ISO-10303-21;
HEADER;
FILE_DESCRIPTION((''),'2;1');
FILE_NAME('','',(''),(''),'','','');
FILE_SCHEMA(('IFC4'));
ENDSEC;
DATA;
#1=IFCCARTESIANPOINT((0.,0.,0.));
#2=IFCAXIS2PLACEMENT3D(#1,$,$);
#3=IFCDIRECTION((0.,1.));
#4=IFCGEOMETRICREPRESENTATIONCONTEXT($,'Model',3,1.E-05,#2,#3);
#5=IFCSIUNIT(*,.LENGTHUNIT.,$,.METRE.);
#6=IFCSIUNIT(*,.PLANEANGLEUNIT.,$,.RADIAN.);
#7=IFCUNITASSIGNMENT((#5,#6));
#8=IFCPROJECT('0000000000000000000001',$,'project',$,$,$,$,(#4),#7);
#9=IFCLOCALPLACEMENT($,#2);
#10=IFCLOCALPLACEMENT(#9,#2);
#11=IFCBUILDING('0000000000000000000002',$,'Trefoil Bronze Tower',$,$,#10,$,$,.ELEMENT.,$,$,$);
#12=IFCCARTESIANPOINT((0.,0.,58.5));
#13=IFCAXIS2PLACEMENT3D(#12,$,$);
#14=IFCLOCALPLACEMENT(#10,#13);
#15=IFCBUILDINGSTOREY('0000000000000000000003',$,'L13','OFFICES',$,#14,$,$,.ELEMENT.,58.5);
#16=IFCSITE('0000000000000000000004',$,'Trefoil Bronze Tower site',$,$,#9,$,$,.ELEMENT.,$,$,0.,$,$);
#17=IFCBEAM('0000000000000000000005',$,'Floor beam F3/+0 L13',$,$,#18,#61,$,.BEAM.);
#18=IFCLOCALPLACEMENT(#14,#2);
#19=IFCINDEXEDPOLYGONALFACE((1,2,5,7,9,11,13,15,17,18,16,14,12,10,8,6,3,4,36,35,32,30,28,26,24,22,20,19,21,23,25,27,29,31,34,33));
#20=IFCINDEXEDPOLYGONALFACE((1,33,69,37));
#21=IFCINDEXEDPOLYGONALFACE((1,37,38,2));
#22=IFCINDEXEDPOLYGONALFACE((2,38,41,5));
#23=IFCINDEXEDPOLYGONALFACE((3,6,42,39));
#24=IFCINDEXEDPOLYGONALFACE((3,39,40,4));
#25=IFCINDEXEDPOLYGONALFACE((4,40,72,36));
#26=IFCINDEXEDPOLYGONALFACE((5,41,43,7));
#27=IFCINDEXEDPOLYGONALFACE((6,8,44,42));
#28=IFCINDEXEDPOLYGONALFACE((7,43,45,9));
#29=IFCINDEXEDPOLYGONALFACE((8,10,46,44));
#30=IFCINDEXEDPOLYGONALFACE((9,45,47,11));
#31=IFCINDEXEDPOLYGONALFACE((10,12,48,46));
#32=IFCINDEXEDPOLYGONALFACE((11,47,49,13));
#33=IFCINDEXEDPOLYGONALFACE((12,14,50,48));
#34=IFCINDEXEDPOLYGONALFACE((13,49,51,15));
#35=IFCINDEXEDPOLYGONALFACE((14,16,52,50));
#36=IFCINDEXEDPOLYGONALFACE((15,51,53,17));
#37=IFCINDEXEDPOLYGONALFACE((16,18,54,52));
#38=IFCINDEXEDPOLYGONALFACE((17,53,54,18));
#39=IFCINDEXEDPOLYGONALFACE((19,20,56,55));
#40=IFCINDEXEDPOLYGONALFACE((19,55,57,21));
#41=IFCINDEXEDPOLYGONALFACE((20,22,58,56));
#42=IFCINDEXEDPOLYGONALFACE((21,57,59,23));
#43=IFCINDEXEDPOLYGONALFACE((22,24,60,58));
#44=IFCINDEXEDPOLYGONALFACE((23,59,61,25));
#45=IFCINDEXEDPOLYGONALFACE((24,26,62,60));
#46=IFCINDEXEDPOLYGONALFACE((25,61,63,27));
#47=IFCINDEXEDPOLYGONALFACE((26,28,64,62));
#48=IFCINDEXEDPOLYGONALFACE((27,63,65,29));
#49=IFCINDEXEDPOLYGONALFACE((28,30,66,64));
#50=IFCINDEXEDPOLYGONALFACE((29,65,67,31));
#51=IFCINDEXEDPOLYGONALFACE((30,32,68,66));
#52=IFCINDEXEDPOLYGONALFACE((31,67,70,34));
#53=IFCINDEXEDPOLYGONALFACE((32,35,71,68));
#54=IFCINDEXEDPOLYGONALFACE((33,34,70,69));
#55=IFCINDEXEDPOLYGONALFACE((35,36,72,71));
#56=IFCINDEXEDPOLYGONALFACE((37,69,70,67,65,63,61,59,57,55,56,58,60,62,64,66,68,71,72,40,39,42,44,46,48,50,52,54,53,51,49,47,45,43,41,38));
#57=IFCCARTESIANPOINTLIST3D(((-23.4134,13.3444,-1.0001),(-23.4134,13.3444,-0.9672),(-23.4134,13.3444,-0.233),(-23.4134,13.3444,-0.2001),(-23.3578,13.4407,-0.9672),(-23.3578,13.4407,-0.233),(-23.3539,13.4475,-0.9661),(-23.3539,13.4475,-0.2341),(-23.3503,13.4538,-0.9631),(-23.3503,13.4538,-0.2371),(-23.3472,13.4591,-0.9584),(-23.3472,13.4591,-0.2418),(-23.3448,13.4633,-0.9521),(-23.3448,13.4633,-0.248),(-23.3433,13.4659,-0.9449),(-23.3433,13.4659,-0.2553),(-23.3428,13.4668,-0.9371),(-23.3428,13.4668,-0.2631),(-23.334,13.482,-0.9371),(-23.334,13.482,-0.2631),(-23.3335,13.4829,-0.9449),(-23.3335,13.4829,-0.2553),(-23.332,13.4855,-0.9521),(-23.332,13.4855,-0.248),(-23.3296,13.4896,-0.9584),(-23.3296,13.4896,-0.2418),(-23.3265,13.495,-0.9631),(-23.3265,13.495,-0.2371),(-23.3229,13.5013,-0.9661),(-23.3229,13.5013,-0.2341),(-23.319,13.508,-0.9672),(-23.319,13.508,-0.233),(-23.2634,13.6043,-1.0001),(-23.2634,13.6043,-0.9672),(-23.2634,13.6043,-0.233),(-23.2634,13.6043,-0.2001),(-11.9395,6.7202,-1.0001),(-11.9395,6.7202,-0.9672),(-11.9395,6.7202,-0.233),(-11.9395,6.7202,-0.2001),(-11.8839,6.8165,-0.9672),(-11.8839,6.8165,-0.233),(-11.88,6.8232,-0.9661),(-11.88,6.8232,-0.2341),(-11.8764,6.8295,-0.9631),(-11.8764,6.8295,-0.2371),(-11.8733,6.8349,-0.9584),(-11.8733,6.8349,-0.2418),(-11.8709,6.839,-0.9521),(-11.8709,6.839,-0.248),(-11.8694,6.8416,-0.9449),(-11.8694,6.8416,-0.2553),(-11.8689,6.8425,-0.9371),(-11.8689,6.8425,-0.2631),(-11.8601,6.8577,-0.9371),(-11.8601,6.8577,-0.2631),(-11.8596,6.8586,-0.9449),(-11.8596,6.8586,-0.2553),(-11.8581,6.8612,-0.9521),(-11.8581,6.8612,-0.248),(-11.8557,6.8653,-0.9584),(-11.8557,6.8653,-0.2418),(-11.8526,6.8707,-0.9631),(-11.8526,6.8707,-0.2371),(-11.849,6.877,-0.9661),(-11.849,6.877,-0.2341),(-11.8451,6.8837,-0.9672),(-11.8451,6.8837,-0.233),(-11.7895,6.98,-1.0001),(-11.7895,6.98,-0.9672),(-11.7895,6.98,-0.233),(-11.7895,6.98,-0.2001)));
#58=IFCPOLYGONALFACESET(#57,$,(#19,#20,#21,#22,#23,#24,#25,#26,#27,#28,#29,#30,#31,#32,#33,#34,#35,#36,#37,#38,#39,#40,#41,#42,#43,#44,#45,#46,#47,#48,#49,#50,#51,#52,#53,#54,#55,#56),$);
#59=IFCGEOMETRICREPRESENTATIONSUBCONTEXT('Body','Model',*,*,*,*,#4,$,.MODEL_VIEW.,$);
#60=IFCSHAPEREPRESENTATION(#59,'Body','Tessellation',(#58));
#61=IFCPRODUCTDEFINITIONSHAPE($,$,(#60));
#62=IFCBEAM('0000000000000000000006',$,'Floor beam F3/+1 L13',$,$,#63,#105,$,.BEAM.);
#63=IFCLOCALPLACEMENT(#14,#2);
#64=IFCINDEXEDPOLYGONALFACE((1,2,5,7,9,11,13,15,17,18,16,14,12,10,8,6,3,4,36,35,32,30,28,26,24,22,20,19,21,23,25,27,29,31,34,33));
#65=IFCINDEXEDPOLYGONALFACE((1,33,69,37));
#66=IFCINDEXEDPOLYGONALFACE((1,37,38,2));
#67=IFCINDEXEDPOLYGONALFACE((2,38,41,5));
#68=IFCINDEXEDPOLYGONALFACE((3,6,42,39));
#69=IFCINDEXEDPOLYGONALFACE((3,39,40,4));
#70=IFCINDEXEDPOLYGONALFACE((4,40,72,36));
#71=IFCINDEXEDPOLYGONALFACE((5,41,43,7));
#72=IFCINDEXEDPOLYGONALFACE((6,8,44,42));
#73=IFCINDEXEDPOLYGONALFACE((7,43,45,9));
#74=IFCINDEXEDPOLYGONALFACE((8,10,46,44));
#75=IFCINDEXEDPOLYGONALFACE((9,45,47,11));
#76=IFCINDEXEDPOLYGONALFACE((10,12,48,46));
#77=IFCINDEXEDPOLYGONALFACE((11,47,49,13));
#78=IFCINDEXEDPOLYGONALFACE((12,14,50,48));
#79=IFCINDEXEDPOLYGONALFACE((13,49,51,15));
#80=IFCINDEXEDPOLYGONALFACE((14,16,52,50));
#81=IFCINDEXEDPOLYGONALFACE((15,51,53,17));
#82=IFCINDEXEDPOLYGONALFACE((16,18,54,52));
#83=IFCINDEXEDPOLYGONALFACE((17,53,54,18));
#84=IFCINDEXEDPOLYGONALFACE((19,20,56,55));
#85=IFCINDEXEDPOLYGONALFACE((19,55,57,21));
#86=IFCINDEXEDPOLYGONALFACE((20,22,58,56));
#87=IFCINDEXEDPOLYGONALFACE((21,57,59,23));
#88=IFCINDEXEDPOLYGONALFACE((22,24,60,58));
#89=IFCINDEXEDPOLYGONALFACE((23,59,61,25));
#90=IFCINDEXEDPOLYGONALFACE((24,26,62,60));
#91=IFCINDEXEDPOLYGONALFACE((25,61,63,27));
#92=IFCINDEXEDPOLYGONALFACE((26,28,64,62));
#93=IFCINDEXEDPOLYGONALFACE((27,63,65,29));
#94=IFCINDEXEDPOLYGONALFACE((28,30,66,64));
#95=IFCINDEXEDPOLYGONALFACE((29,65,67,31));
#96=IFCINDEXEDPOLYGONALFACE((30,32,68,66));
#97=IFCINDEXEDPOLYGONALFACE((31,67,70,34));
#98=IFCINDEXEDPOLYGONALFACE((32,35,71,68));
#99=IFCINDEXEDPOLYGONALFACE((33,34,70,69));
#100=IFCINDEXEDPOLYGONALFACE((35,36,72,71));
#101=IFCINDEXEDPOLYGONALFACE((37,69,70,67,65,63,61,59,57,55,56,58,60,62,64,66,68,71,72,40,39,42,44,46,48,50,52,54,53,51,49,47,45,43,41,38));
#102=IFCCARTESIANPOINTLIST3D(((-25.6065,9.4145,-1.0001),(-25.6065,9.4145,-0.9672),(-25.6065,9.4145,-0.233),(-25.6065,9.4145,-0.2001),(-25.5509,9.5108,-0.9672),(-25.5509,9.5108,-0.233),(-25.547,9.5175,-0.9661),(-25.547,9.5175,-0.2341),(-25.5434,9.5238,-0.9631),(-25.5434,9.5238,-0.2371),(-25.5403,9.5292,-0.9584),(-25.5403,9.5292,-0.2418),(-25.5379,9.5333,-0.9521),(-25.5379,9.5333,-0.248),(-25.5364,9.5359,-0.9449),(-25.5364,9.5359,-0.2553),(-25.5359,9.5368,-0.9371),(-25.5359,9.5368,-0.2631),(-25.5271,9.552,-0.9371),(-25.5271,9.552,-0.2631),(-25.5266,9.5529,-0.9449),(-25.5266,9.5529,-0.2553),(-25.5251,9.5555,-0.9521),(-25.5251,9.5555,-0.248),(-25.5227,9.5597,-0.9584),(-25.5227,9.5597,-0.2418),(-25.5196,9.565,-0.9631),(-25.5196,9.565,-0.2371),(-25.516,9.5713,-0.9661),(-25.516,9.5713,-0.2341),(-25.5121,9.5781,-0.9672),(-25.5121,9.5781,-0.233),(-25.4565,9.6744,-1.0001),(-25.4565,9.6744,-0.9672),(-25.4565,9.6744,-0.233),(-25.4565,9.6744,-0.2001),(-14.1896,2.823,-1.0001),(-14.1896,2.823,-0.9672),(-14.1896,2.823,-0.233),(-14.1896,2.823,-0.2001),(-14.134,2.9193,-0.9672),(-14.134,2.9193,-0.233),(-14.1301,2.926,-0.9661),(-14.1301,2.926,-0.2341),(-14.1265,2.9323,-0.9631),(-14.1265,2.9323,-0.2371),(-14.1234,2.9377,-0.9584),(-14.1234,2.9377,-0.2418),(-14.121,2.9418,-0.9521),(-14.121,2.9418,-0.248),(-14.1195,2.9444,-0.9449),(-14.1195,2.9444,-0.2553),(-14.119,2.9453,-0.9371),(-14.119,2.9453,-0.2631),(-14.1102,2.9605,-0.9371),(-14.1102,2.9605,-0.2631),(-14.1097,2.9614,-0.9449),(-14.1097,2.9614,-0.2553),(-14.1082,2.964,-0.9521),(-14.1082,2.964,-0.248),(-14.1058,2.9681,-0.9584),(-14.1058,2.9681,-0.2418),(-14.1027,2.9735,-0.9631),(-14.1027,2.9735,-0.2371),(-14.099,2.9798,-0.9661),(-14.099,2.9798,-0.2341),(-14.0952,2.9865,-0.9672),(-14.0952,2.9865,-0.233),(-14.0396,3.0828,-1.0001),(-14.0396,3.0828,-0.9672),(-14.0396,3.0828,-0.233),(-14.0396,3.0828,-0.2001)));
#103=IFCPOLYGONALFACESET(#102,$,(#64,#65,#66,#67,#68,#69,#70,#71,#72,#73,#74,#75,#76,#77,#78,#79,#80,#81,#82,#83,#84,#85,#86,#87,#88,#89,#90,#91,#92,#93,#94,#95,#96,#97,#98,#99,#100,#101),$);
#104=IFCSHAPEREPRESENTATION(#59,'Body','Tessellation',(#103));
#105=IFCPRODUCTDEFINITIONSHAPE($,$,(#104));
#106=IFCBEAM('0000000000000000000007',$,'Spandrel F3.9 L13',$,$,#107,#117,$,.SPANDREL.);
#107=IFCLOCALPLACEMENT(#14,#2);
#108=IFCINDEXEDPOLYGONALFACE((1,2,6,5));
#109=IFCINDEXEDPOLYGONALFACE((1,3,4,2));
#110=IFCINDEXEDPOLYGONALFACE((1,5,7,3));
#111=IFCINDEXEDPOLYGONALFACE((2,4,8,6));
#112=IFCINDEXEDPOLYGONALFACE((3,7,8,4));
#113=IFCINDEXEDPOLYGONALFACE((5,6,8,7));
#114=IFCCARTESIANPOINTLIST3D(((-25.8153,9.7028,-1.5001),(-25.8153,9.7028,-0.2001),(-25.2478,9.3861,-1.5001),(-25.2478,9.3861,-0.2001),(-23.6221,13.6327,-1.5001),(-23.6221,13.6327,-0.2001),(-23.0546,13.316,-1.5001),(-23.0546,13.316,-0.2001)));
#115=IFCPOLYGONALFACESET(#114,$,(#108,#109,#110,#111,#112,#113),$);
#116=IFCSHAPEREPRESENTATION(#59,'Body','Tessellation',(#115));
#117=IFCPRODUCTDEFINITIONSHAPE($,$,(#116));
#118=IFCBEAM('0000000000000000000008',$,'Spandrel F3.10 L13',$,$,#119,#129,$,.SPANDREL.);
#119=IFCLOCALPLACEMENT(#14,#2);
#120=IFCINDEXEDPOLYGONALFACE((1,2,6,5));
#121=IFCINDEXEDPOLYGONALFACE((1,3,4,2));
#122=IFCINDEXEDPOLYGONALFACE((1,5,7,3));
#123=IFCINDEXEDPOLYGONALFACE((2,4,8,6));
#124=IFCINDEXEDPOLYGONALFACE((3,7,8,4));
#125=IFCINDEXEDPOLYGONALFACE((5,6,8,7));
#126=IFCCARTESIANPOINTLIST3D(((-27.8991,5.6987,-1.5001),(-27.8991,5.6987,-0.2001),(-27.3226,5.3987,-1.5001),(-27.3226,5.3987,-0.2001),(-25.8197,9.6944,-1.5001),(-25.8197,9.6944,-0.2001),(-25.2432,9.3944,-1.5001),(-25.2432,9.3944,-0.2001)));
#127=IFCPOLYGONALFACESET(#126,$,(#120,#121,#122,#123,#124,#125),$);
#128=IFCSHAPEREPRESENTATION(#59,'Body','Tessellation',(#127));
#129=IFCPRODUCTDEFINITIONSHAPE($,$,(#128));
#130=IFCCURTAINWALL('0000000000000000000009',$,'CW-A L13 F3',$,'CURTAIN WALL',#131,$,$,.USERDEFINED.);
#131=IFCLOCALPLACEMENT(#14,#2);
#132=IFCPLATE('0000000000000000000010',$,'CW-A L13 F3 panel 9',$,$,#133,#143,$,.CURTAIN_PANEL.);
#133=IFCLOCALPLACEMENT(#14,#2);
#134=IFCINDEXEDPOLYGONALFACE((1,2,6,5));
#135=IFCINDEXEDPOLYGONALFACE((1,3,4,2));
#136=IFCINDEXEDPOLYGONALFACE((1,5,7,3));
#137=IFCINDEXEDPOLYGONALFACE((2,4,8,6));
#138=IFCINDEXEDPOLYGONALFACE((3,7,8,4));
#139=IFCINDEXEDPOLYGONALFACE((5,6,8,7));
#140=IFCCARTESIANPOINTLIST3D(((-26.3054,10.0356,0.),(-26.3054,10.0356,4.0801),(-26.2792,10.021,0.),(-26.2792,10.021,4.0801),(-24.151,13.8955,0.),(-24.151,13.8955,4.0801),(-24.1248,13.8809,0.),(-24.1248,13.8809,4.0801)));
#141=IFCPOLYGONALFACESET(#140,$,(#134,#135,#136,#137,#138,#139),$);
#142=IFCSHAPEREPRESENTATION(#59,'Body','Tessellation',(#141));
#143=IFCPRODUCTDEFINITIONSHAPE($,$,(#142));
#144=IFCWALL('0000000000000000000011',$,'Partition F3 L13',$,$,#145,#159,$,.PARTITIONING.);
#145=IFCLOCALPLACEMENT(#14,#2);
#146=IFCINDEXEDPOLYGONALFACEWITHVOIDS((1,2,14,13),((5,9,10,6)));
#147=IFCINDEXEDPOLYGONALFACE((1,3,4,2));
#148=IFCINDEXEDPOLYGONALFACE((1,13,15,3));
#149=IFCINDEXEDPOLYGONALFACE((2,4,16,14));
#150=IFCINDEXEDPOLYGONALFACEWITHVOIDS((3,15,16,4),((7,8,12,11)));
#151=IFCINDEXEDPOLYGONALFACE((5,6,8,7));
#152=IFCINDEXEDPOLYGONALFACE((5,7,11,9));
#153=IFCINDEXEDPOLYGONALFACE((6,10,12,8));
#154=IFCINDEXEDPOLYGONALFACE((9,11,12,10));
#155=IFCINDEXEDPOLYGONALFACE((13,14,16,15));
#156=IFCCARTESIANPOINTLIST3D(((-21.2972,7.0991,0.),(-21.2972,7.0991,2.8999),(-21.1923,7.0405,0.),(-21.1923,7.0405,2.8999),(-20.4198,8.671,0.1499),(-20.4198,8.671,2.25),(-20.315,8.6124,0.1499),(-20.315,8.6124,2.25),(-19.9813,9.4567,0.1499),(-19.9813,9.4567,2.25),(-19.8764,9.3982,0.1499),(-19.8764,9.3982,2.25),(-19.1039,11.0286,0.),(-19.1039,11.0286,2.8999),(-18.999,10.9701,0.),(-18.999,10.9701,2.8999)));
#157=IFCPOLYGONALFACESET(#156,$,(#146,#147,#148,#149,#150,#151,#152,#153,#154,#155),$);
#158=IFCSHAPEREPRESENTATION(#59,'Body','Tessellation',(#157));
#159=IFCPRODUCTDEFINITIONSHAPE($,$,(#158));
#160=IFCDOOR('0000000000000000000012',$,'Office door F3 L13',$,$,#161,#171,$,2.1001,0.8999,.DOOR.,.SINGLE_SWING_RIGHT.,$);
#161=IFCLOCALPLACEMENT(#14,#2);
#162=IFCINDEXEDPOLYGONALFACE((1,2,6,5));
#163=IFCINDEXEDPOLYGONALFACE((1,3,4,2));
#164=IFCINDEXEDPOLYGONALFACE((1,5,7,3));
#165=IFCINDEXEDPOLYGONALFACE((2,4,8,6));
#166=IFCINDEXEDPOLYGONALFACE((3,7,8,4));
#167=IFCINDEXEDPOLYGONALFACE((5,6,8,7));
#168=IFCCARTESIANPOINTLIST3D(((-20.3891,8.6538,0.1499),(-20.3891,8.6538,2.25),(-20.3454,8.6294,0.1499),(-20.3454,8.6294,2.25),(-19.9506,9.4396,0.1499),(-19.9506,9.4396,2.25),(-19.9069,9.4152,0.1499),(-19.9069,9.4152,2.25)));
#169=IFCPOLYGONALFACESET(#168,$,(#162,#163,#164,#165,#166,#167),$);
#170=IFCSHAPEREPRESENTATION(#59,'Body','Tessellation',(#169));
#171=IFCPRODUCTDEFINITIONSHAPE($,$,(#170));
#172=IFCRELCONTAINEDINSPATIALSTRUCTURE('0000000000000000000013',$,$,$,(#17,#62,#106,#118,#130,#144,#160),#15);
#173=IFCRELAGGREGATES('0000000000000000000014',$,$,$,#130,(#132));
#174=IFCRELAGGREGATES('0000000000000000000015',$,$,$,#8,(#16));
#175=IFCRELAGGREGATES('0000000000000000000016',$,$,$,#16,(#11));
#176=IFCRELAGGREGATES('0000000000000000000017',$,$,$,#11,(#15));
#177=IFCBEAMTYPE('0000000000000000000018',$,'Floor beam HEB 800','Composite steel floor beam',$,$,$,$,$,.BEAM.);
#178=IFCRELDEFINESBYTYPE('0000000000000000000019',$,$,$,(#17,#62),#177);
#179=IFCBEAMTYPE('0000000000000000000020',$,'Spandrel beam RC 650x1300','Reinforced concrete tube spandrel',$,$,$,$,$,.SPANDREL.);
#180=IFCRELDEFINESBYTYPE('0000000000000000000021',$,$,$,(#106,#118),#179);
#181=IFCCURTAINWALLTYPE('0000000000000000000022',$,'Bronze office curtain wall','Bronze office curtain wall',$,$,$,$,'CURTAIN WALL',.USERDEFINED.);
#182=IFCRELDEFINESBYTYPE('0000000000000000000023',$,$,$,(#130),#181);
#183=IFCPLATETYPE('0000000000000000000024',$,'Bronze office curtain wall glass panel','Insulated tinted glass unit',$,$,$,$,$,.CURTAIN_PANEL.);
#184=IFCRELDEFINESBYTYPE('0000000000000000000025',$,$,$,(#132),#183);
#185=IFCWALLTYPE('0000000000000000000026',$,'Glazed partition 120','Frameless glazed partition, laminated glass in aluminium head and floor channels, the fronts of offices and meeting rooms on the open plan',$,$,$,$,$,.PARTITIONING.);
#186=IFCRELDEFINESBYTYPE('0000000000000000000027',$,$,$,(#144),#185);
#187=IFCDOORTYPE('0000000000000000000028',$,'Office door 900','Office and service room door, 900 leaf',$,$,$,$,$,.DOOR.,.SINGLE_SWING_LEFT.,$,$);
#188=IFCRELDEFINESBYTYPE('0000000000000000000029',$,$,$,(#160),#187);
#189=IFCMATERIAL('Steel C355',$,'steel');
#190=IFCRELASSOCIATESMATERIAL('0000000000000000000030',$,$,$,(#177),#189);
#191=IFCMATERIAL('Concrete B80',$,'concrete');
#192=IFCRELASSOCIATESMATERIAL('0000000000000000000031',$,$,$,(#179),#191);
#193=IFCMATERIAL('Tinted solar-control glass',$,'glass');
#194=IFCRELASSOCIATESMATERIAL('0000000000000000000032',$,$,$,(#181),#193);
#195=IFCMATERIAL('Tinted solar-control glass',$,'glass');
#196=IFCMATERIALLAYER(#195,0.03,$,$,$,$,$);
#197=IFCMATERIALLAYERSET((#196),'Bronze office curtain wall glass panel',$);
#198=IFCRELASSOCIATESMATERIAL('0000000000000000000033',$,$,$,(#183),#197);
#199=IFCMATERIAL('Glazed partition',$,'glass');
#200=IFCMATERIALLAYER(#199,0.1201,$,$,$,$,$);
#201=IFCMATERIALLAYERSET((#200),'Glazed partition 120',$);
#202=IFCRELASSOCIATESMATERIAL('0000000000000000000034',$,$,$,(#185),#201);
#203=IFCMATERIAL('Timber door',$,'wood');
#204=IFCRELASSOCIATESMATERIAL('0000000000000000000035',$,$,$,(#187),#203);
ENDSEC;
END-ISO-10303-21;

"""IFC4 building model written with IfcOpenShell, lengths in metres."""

from ifc_helpers import new_model, si_unit, direction, frame, frame_2d, origin, origin_2d, place, context, subcontext, project, spatial, rectangle, i_section, extrude, material, layer, layer_set, material_profile, profile_set, type_object, element, fill, aggregate, save


model = new_model("IFC4")

# Units and contexts
model_context = context("Model", 3, precision=1e-05, world=origin(), true_north=direction((0.0, 1.0)))
body_context = subcontext(model_context, "Body", "Model", "MODEL_VIEW")
ifc_project = project(units=[si_unit("LENGTHUNIT", "METRE"), si_unit("PLANEANGLEUNIT", "RADIAN")], contexts=[model_context])

# Site, building, storey
site_placement = place(None, origin())
site = spatial("IfcSite", under=ifc_project, at=site_placement, Name="Trefoil Bronze Tower site", CompositionType="ELEMENT", RefElevation=0.0)
building_placement = place(site_placement, origin())
building = spatial("IfcBuilding", under=site, at=building_placement, Name="Trefoil Bronze Tower", CompositionType="ELEMENT")
storey_placement = place(building_placement, frame((0.0, 0.0, 58.5)))
storey = spatial("IfcBuildingStorey", under=building, at=storey_placement, Name="L13", Description="OFFICES", CompositionType="ELEMENT", Elevation=58.5)

# Beams
ifc_material_1 = material(Name="Steel C355", Category="steel")
ifc_material_profile_1 = material_profile(ifc_material_1, i_section(OverallWidth=0.3, OverallDepth=0.8, WebThickness=0.0176, FlangeThickness=0.033, FilletRadius=0.03, at=origin_2d()), Name="HEB 800")
ifc_profile_set_1 = profile_set([ifc_material_profile_1], Name="Steel C355")
beam_type_1 = type_object("IfcBeamType", Name="Floor beam HEB 800", Description="Composite steel floor beam", PredefinedType="BEAM", material=ifc_profile_set_1)
beam_1_placement = place(storey_placement, frame((-23.3384, 13.4744, -0.6001), z_axis=(0.866031, -0.49999, 0.0), x_axis=(0.49999, 0.866031, 0.0)))
element("IfcBeam", 1, at=beam_1_placement, inside=storey, type_object=beam_type_1, Name="Floor beam F3/+0 L13", PredefinedType="BEAM", context=body_context, shape_type="SweptSolid", body=[
    extrude(i_section(OverallWidth=0.3, OverallDepth=0.8, WebThickness=0.0176, FlangeThickness=0.033, FilletRadius=0.03, at=origin_2d()), origin(), (0.0, 0.0, 1.0), 13.2488),
])
beam_2_placement = place(storey_placement, frame((-25.5315, 9.5444, -0.6001), z_axis=(0.866027, -0.499997, 0.0), x_axis=(0.499997, 0.866027, 0.0)))
element("IfcBeam", 2, at=beam_2_placement, inside=storey, type_object=beam_type_1, Name="Floor beam F3/+1 L13", PredefinedType="BEAM", context=body_context, shape_type="SweptSolid", body=[
    extrude(i_section(OverallWidth=0.3, OverallDepth=0.8, WebThickness=0.0176, FlangeThickness=0.033, FilletRadius=0.03, at=origin_2d()), origin(), (0.0, 0.0, 1.0), 13.1831),
])
ifc_material_2 = material(Name="Concrete B80", Category="concrete")
ifc_material_profile_2 = material_profile(ifc_material_2, rectangle(XDim=0.6499, YDim=1.3, at=origin_2d()), Name="RC 650x1300")
ifc_profile_set_2 = profile_set([ifc_material_profile_2], Name="Concrete B80")
beam_type_2 = type_object("IfcBeamType", Name="Spandrel beam RC 650x1300", Description="Reinforced concrete tube spandrel", PredefinedType="SPANDREL", material=ifc_profile_set_2)
beam_3_placement = place(storey_placement, frame((-23.3384, 13.4744, -0.8501), z_axis=(-0.487309, -0.873229, 0.0), x_axis=(0.873229, -0.487309, 0.0)))
element("IfcBeam", 3, at=beam_3_placement, inside=storey, type_object=beam_type_2, Name="Spandrel F3.9 L13", PredefinedType="SPANDREL", context=body_context, shape_type="SweptSolid", body=[
    extrude(rectangle(XDim=0.6499, YDim=1.3, at=origin_2d()), origin(), (0.0, 0.0, 1.0), 4.5005),
])
beam_4_placement = place(storey_placement, frame((-25.5315, 9.5444, -0.8501), z_axis=(-0.461638, -0.887069, 0.0), x_axis=(0.887069, -0.461638, 0.0)))
element("IfcBeam", 4, at=beam_4_placement, inside=storey, type_object=beam_type_2, Name="Spandrel F3.10 L13", PredefinedType="SPANDREL", context=body_context, shape_type="SweptSolid", body=[
    extrude(rectangle(XDim=0.6499, YDim=1.3, at=origin_2d()), origin(), (0.0, 0.0, 1.0), 4.5044),
])

# Curtain wall, plate
ifc_material_3 = material(Name="Tinted solar-control glass", Category="glass")
curtain_wall_type = type_object("IfcCurtainWallType", Name="Bronze office curtain wall", Description="Bronze office curtain wall", ElementType="CURTAIN WALL", PredefinedType="USERDEFINED", material=ifc_material_3)
curtain_wall_placement = place(storey_placement, origin())
curtain_wall = element("IfcCurtainWall", 5, at=curtain_wall_placement, inside=storey, type_object=curtain_wall_type, Name="CW-A L13 F3", ObjectType="CURTAIN WALL", PredefinedType="USERDEFINED")
ifc_material_4 = material(Name="Tinted solar-control glass", Category="glass")
ifc_layer_1 = layer(ifc_material_4, 0.03)
ifc_layer_set_1 = layer_set([ifc_layer_1], Name="Bronze office curtain wall glass panel")
plate_type = type_object("IfcPlateType", Name="Bronze office curtain wall glass panel", Description="Insulated tinted glass unit", PredefinedType="CURTAIN_PANEL", material=ifc_layer_set_1)
plate_placement = place(storey_placement, frame((-25.2151, 11.9583, 0.0), z_axis=(0.0, 0.0, 1.0), x_axis=(-0.487382, -0.873189, 0.0)))
plate = element("IfcPlate", 6, at=plate_placement, type_object=plate_type, Name="CW-A L13 F3 panel 9", PredefinedType="CURTAIN_PANEL", context=body_context, shape_type="SweptSolid", body=[
    extrude(rectangle(XDim=4.4204, YDim=0.03, at=origin_2d()), origin(), (0.0, 0.0, 1.0), 4.0801),
])
aggregate(curtain_wall, [plate])

# Wall, opening, door
ifc_material_5 = material(Name="Glazed partition", Category="glass")
ifc_layer_2 = layer(ifc_material_5, 0.1201)
ifc_layer_set_2 = layer_set([ifc_layer_2], Name="Glazed partition 120")
wall_type_1 = type_object("IfcWallType", Name="Glazed partition 120", Description="Frameless glazed partition, laminated glass in aluminium head and floor channels, the fronts of offices and meeting rooms on the open plan", PredefinedType="PARTITIONING", material=ifc_layer_set_2)
wall_1_placement = place(storey_placement, frame((-19.0515, 10.9993, 0.0), z_axis=(0.0, 0.0, 1.0), x_axis=(-0.487374, -0.873193, 0.0)))
wall_1 = element("IfcWall", 7, at=wall_1_placement, inside=storey, type_object=wall_type_1, Name="Partition F3 L13", PredefinedType="PARTITIONING", context=body_context, shape_type="SweptSolid", body=[
    extrude(rectangle(XDim=4.5002, YDim=0.1201, at=frame_2d((2.25, 0.0))), origin(), (0.0, 0.0, 1.0), 2.8999),
])
opening_1_placement = place(wall_1_placement, frame((1.8, 0.0, 0.1499)))
opening_1 = element("IfcOpeningElement", 8, at=opening_1_placement, cuts=wall_1, PredefinedType="OPENING", context=body_context, shape_type="SweptSolid", body=[
    extrude(rectangle(XDim=0.8999, YDim=2.1001, at=frame_2d((0.45, 1.05))), frame((0.0, 0.0701, 0.0), z_axis=(0.0, -1.0, 0.0), x_axis=(1.0, 0.0, 0.0)), (0.0, 0.0, 1.0), 0.1401),
])
ifc_material_6 = material(Name="Timber door", Category="wood")
door_type_1 = type_object("IfcDoorType", Name="Office door 900", Description="Office and service room door, 900 leaf", OperationType="SINGLE_SWING_LEFT", PredefinedType="DOOR", material=ifc_material_6)
door_1_placement = place(opening_1_placement, frame((0.8999, 0.0, 0.0), z_axis=(0.0, 0.0, 1.0), x_axis=(-1.0, 0.0, 0.0)))
door_1 = element("IfcDoor", 9, at=door_1_placement, inside=storey, type_object=door_type_1, Name="Office door F3 L13", OperationType="SINGLE_SWING_RIGHT", OverallHeight=2.1001, OverallWidth=0.8999, PredefinedType="DOOR", context=body_context, shape_type="SweptSolid", body=[
    extrude(rectangle(XDim=0.8999, YDim=2.1001, at=frame_2d((0.45, 1.05))), frame((0.0, 0.0249, 0.0), z_axis=(0.0, -1.0, 0.0), x_axis=(1.0, 0.0, 0.0)), (0.0, 0.0, 1.0), 0.05),
])
fill(opening_1, door_1)

save(model, "model.ifc")
